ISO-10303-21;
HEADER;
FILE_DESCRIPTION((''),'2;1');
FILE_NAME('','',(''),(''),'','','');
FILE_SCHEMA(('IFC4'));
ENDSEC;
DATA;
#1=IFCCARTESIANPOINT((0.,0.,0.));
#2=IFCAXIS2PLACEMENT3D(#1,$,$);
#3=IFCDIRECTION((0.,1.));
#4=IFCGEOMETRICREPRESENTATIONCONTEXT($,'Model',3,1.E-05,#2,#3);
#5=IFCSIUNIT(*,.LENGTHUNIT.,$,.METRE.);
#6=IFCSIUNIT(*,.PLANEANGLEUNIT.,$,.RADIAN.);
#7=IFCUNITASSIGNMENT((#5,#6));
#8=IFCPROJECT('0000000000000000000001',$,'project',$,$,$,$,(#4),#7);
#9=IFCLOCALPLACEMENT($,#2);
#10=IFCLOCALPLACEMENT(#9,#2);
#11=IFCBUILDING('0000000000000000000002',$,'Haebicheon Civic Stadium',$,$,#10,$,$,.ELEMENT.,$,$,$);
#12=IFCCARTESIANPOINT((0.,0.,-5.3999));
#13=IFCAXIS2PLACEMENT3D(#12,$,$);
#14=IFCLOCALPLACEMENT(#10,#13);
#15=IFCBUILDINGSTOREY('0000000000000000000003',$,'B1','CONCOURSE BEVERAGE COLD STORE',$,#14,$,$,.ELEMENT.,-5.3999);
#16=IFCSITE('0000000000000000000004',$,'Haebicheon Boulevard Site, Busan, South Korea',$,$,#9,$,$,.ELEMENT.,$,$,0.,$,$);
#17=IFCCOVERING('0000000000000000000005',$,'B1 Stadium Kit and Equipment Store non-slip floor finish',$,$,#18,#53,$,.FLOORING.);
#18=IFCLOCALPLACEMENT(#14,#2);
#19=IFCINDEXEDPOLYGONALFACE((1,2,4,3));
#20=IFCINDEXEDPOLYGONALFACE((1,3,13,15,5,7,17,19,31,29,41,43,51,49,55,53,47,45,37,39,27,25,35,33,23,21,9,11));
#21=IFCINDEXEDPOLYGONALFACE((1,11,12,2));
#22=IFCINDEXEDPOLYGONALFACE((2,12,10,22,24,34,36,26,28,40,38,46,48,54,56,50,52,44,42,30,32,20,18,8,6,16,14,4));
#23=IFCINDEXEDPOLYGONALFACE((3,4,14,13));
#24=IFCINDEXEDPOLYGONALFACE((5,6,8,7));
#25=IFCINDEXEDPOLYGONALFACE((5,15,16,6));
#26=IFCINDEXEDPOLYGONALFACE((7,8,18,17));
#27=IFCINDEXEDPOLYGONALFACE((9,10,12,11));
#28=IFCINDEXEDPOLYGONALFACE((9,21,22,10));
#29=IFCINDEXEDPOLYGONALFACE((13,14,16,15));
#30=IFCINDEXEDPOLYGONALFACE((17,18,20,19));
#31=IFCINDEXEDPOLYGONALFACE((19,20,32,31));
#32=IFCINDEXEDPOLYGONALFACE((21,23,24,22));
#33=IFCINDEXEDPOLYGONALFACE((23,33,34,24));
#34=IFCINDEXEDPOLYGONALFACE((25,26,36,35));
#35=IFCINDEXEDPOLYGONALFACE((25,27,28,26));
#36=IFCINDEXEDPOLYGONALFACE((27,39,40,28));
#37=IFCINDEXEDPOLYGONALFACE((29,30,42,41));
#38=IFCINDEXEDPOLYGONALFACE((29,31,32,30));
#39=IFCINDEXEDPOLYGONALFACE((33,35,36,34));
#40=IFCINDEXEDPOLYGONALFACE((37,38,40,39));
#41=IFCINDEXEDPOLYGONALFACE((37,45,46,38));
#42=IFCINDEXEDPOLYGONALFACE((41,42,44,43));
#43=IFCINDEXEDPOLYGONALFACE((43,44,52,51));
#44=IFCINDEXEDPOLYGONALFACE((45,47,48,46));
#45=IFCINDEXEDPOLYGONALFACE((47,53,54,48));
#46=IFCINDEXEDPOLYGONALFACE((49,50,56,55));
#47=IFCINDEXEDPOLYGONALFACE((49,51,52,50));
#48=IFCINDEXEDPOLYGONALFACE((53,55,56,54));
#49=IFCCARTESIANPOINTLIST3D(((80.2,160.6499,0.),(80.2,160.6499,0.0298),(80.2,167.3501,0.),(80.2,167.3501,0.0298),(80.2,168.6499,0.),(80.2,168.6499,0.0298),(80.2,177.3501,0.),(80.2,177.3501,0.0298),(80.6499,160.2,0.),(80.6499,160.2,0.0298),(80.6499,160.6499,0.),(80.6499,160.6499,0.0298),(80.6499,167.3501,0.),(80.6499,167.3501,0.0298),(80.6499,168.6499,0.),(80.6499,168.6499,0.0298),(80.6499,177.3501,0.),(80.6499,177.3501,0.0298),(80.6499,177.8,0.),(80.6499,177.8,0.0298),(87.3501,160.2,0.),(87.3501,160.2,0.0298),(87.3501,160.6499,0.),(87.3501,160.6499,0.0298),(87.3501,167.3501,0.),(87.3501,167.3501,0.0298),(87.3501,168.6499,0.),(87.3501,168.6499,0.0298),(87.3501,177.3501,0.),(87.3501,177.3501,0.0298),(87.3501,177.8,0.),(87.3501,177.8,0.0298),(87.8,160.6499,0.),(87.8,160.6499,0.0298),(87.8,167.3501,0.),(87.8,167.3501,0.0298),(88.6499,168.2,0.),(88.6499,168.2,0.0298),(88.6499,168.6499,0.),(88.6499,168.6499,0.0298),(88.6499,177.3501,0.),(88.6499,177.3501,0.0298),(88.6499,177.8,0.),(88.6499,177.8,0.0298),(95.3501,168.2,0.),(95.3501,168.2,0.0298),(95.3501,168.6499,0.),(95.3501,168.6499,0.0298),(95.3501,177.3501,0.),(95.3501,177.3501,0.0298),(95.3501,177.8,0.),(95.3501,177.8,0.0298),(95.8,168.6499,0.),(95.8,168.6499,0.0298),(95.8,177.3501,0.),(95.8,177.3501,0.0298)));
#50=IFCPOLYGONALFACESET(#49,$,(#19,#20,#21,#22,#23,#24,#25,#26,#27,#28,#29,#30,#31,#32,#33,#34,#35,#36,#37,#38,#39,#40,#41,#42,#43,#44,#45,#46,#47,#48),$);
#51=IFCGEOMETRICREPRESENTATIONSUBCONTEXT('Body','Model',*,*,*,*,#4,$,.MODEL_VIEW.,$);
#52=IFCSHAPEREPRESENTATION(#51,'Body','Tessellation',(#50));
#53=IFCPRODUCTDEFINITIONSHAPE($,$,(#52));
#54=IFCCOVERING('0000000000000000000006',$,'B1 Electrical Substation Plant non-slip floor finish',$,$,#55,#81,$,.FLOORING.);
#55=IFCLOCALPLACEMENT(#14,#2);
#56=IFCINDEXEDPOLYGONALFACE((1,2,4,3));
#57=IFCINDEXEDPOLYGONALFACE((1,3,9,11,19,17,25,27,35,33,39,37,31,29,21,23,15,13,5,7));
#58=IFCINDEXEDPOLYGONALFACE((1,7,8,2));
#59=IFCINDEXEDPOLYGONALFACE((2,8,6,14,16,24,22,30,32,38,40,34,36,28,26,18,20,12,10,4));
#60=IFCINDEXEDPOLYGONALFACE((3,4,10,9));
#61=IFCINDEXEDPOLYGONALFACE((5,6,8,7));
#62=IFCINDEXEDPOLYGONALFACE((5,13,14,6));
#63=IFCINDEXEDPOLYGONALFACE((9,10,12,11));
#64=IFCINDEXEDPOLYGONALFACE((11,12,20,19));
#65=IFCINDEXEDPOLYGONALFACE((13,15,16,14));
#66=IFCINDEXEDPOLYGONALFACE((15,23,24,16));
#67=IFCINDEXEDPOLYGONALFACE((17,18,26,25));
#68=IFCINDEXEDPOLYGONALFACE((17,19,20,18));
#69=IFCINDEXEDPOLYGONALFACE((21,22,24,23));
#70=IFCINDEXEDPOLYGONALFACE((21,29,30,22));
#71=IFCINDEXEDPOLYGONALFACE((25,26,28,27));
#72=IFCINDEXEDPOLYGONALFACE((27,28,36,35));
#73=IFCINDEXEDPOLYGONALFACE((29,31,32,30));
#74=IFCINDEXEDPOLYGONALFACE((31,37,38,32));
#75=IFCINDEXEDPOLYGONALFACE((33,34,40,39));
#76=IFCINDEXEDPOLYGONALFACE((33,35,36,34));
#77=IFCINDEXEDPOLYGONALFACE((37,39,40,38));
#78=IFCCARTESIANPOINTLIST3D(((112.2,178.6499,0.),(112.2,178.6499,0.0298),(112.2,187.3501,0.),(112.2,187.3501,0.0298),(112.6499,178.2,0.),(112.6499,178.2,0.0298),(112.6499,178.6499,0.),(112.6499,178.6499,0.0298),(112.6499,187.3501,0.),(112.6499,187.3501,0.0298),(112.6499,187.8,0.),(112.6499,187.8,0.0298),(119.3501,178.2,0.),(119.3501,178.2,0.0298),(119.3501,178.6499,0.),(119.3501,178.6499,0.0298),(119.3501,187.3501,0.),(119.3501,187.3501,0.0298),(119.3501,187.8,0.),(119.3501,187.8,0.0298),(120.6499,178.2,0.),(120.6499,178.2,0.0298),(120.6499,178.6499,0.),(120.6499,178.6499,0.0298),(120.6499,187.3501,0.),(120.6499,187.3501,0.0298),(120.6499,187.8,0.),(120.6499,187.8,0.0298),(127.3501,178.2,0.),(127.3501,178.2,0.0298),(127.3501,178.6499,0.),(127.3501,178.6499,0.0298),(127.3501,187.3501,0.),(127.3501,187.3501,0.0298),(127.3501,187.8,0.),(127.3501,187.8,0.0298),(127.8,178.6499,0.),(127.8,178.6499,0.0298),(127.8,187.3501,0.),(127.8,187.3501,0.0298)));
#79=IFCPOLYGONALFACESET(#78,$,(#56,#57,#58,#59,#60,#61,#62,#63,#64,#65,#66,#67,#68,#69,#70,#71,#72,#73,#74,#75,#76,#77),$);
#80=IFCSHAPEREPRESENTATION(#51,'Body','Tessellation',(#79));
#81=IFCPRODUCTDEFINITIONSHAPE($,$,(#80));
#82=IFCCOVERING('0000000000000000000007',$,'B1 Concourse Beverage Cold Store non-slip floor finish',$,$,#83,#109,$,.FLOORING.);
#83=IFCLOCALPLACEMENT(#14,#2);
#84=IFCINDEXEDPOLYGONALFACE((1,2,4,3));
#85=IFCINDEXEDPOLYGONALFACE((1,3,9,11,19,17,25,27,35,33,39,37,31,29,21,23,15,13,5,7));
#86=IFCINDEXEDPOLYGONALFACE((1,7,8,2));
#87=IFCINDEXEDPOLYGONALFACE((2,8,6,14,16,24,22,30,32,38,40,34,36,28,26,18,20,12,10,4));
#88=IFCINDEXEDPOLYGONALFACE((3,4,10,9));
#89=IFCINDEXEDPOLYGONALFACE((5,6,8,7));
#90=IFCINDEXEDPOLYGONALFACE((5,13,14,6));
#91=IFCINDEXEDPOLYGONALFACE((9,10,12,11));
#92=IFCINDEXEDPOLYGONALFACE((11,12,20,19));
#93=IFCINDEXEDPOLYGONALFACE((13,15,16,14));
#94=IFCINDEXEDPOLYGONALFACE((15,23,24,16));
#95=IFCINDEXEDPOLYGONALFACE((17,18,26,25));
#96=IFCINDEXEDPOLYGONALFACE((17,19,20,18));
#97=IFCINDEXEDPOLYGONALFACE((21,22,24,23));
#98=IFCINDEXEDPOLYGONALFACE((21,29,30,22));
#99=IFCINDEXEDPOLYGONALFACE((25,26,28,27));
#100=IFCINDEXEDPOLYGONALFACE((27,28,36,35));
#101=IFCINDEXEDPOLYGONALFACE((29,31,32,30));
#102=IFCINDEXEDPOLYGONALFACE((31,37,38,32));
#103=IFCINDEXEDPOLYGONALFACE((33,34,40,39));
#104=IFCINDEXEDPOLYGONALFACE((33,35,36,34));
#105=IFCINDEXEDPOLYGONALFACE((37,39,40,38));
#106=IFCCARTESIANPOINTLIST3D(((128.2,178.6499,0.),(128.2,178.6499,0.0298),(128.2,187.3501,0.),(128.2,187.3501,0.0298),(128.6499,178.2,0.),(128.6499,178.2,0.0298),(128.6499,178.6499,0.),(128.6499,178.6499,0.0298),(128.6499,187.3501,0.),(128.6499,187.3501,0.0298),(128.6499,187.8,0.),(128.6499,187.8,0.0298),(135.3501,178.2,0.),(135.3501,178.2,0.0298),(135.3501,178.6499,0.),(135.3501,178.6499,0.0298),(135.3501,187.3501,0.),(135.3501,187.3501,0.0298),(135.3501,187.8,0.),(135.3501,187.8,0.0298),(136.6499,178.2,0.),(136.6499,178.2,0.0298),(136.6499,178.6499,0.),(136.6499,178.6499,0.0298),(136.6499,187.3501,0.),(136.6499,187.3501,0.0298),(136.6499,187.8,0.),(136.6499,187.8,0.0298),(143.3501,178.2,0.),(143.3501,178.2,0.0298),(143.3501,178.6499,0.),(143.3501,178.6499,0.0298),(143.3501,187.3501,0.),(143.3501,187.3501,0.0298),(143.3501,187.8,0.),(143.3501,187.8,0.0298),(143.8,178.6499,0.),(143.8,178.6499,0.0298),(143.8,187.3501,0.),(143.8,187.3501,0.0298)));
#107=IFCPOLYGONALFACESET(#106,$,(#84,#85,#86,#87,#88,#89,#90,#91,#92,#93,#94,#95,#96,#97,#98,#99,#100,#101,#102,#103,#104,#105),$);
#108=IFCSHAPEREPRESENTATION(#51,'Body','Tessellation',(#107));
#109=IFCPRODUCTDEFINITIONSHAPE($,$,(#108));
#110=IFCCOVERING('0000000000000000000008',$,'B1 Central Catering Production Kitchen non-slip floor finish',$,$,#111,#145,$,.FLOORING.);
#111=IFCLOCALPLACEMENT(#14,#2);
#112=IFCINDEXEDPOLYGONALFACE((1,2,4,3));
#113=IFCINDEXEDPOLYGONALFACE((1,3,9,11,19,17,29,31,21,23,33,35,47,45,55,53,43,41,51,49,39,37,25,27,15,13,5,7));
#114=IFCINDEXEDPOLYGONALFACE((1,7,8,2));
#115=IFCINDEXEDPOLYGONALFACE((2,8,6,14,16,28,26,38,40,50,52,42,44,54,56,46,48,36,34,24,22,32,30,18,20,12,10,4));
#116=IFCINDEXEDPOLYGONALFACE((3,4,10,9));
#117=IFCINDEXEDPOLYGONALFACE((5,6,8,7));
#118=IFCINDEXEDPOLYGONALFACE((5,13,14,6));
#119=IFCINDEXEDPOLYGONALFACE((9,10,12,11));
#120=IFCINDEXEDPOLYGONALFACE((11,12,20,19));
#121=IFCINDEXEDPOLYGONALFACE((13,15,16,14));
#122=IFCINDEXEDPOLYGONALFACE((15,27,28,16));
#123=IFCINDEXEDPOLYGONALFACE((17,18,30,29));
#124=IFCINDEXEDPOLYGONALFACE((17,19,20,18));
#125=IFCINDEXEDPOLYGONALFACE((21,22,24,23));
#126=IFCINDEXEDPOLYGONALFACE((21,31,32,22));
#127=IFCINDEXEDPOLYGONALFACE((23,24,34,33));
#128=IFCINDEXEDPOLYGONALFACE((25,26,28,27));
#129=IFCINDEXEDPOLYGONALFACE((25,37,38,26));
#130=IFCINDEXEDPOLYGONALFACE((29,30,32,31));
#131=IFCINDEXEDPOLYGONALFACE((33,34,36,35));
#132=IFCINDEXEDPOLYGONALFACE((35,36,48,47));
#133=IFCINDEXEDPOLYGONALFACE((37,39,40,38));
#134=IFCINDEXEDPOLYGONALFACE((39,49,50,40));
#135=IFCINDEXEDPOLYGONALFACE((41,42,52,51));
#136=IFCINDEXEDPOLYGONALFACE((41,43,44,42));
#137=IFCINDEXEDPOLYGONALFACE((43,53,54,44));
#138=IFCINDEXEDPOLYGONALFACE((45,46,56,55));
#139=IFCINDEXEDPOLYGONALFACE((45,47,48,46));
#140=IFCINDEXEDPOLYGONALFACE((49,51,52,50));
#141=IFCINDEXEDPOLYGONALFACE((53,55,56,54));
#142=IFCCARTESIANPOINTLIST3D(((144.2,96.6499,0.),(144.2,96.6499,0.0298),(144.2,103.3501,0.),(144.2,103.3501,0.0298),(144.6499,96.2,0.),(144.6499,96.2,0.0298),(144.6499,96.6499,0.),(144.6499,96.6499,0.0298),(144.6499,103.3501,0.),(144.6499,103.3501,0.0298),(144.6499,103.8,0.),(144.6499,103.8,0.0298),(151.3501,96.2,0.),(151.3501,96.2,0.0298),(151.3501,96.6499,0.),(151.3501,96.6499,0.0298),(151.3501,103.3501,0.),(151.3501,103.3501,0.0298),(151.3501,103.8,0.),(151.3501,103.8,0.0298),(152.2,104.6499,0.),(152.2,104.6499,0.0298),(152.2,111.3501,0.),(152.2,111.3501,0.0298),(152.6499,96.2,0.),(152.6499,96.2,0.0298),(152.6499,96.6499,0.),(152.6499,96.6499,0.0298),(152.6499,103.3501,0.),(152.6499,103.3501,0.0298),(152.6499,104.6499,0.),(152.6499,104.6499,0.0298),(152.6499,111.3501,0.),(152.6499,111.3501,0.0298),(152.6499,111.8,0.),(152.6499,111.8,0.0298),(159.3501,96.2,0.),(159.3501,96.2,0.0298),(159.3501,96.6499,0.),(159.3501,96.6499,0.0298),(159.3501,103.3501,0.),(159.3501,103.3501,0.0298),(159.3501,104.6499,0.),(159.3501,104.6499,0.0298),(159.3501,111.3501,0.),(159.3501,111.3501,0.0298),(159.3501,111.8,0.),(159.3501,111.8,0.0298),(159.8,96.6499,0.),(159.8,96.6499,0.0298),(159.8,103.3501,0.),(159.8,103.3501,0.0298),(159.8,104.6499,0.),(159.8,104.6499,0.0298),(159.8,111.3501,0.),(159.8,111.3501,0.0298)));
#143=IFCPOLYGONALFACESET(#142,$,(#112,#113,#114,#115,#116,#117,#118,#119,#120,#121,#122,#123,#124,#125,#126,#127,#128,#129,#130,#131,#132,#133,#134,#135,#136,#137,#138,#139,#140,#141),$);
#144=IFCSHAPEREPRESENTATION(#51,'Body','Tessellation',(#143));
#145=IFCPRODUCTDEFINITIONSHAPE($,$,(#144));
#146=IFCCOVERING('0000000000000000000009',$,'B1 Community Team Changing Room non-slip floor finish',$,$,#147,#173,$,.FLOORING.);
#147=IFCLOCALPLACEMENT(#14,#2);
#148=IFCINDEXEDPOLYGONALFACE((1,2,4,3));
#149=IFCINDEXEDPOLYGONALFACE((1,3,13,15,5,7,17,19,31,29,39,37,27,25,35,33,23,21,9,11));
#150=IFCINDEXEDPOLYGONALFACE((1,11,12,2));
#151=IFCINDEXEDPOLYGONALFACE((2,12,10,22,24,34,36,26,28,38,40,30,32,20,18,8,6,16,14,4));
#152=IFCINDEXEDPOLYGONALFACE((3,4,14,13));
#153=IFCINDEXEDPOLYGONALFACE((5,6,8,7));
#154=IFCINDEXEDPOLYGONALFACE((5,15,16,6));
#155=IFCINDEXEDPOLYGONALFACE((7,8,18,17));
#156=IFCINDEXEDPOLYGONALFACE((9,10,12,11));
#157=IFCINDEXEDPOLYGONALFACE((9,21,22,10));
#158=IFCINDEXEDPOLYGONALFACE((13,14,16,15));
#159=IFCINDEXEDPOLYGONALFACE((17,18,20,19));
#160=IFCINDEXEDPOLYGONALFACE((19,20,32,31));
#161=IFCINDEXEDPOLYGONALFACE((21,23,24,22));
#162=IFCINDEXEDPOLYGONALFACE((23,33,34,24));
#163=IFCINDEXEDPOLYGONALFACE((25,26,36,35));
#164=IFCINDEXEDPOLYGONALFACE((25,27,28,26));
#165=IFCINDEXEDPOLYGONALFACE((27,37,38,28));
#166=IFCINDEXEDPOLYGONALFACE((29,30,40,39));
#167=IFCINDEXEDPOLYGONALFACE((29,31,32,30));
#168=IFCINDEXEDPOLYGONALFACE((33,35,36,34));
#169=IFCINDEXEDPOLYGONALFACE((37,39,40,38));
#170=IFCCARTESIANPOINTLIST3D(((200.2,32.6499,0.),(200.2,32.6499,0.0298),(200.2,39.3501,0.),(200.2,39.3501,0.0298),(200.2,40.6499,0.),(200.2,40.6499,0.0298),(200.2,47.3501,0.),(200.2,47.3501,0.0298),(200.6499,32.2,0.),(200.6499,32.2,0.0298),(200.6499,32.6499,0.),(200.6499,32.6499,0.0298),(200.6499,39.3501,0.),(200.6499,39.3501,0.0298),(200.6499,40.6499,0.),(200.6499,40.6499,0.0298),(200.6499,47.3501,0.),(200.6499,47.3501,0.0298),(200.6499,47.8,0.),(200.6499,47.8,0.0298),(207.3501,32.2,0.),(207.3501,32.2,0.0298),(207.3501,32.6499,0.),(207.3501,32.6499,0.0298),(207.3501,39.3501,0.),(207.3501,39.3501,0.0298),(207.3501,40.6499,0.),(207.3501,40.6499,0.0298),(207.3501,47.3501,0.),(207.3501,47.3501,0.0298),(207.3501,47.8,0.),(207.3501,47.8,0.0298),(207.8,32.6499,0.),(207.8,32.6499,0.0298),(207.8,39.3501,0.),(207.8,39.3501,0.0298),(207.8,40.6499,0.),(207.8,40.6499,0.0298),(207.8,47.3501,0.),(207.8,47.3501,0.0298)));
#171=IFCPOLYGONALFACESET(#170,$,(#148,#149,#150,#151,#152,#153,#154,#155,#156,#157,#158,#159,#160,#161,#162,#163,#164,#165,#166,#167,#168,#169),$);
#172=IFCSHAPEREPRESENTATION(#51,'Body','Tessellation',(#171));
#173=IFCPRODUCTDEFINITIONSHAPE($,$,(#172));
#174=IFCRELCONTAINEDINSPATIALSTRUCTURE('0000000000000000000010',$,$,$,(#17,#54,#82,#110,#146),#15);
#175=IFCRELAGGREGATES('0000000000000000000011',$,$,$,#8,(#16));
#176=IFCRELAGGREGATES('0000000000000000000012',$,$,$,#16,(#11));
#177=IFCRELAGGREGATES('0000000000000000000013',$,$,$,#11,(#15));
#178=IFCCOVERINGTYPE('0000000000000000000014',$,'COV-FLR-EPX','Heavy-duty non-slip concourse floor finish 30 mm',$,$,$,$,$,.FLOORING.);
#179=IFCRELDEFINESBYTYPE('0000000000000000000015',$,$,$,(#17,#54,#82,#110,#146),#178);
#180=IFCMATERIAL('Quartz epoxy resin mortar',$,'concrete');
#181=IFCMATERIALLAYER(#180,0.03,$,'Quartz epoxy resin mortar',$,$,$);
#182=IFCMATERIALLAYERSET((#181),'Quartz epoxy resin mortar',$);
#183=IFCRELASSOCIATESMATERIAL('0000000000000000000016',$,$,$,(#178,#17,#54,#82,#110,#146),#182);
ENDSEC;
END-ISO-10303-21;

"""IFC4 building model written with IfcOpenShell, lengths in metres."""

from ifc_helpers import new_model, si_unit, direction, frame, origin, place, context, subcontext, project, spatial, polyline, outline, extrude, material, layer, layer_set, type_object, element, save


model = new_model("IFC4")

# Units and contexts
model_context = context("Model", 3, precision=1e-05, world=origin(), true_north=direction((0.0, 1.0)))
body_context = subcontext(model_context, "Body", "Model", "MODEL_VIEW")
ifc_project = project(units=[si_unit("LENGTHUNIT", "METRE"), si_unit("PLANEANGLEUNIT", "RADIAN")], contexts=[model_context])

# Site, building, storey
site_placement = place(None, origin())
site = spatial("IfcSite", under=ifc_project, at=site_placement, Name="Haebicheon Boulevard Site, Busan, South Korea", CompositionType="ELEMENT", RefElevation=0.0)
building_placement = place(site_placement, origin())
building = spatial("IfcBuilding", under=site, at=building_placement, Name="Haebicheon Civic Stadium", CompositionType="ELEMENT")
storey_placement = place(building_placement, frame((0.0, 0.0, -5.3999)))
storey = spatial("IfcBuildingStorey", under=building, at=storey_placement, Name="B1", Description="CONCOURSE BEVERAGE COLD STORE", CompositionType="ELEMENT", Elevation=-5.3999)

# Coverings
ifc_material_1 = material(Name="Quartz epoxy resin mortar", Category="concrete")
ifc_layer_1 = layer(ifc_material_1, 0.03, Name="Quartz epoxy resin mortar")
ifc_layer_set_1 = layer_set([ifc_layer_1], Name="Quartz epoxy resin mortar")
covering_type_1 = type_object("IfcCoveringType", Name="COV-FLR-EPX", Description="Heavy-duty non-slip concourse floor finish 30 mm", PredefinedType="FLOORING", material=ifc_layer_set_1)
covering_1_placement = place(storey_placement, origin())
element("IfcCovering", 1, at=covering_1_placement, inside=storey, type_object=covering_type_1, material=ifc_layer_set_1, Name="B1 Stadium Kit and Equipment Store non-slip floor finish", PredefinedType="FLOORING", context=body_context, shape_type="SweptSolid", body=[
    extrude(outline(polyline([(80.6499, 160.2), (80.6499, 160.6499), (80.2, 160.6499), (80.2, 167.3501), (80.6499, 167.3501), (80.6499, 168.6499), (80.2, 168.6499), (80.2, 177.3501), (80.6499, 177.3501), (80.6499, 177.8), (87.3501, 177.8), (87.3501, 177.3501), (88.6499, 177.3501), (88.6499, 177.8), (95.3501, 177.8), (95.3501, 177.3501), (95.8, 177.3501), (95.8, 168.6499), (95.3501, 168.6499), (95.3501, 168.2), (88.6499, 168.2), (88.6499, 168.6499), (87.3501, 168.6499), (87.3501, 167.3501), (87.8, 167.3501), (87.8, 160.6499), (87.3501, 160.6499), (87.3501, 160.2), (80.6499, 160.2)])), origin(), (0.0, 0.0, 1.0), 0.0298),
])
covering_2_placement = place(storey_placement, origin())
element("IfcCovering", 2, at=covering_2_placement, inside=storey, type_object=covering_type_1, material=ifc_layer_set_1, Name="B1 Electrical Substation Plant non-slip floor finish", PredefinedType="FLOORING", context=body_context, shape_type="SweptSolid", body=[
    extrude(outline(polyline([(112.2, 187.3501), (112.6499, 187.3501), (112.6499, 187.8), (119.3501, 187.8), (119.3501, 187.3501), (120.6499, 187.3501), (120.6499, 187.8), (127.3501, 187.8), (127.3501, 187.3501), (127.8, 187.3501), (127.8, 178.6499), (127.3501, 178.6499), (127.3501, 178.2), (120.6499, 178.2), (120.6499, 178.6499), (119.3501, 178.6499), (119.3501, 178.2), (112.6499, 178.2), (112.6499, 178.6499), (112.2, 178.6499), (112.2, 187.3501)])), origin(), (0.0, 0.0, 1.0), 0.0298),
])
covering_3_placement = place(storey_placement, origin())
element("IfcCovering", 3, at=covering_3_placement, inside=storey, type_object=covering_type_1, material=ifc_layer_set_1, Name="B1 Concourse Beverage Cold Store non-slip floor finish", PredefinedType="FLOORING", context=body_context, shape_type="SweptSolid", body=[
    extrude(outline(polyline([(128.2, 187.3501), (128.6499, 187.3501), (128.6499, 187.8), (135.3501, 187.8), (135.3501, 187.3501), (136.6499, 187.3501), (136.6499, 187.8), (143.3501, 187.8), (143.3501, 187.3501), (143.8, 187.3501), (143.8, 178.6499), (143.3501, 178.6499), (143.3501, 178.2), (136.6499, 178.2), (136.6499, 178.6499), (135.3501, 178.6499), (135.3501, 178.2), (128.6499, 178.2), (128.6499, 178.6499), (128.2, 178.6499), (128.2, 187.3501)])), origin(), (0.0, 0.0, 1.0), 0.0298),
])
covering_4_placement = place(storey_placement, origin())
element("IfcCovering", 4, at=covering_4_placement, inside=storey, type_object=covering_type_1, material=ifc_layer_set_1, Name="B1 Central Catering Production Kitchen non-slip floor finish", PredefinedType="FLOORING", context=body_context, shape_type="SweptSolid", body=[
    extrude(outline(polyline([(144.2, 103.3501), (144.6499, 103.3501), (144.6499, 103.8), (151.3501, 103.8), (151.3501, 103.3501), (152.6499, 103.3501), (152.6499, 104.6499), (152.2, 104.6499), (152.2, 111.3501), (152.6499, 111.3501), (152.6499, 111.8), (159.3501, 111.8), (159.3501, 111.3501), (159.8, 111.3501), (159.8, 104.6499), (159.3501, 104.6499), (159.3501, 103.3501), (159.8, 103.3501), (159.8, 96.6499), (159.3501, 96.6499), (159.3501, 96.2), (152.6499, 96.2), (152.6499, 96.6499), (151.3501, 96.6499), (151.3501, 96.2), (144.6499, 96.2), (144.6499, 96.6499), (144.2, 96.6499), (144.2, 103.3501)])), origin(), (0.0, 0.0, 1.0), 0.0298),
])
covering_5_placement = place(storey_placement, origin())
element("IfcCovering", 5, at=covering_5_placement, inside=storey, type_object=covering_type_1, material=ifc_layer_set_1, Name="B1 Community Team Changing Room non-slip floor finish", PredefinedType="FLOORING", context=body_context, shape_type="SweptSolid", body=[
    extrude(outline(polyline([(200.6499, 32.2), (200.6499, 32.6499), (200.2, 32.6499), (200.2, 39.3501), (200.6499, 39.3501), (200.6499, 40.6499), (200.2, 40.6499), (200.2, 47.3501), (200.6499, 47.3501), (200.6499, 47.8), (207.3501, 47.8), (207.3501, 47.3501), (207.8, 47.3501), (207.8, 40.6499), (207.3501, 40.6499), (207.3501, 39.3501), (207.8, 39.3501), (207.8, 32.6499), (207.3501, 32.6499), (207.3501, 32.2), (200.6499, 32.2)])), origin(), (0.0, 0.0, 1.0), 0.0298),
])

save(model, "model.ifc")
